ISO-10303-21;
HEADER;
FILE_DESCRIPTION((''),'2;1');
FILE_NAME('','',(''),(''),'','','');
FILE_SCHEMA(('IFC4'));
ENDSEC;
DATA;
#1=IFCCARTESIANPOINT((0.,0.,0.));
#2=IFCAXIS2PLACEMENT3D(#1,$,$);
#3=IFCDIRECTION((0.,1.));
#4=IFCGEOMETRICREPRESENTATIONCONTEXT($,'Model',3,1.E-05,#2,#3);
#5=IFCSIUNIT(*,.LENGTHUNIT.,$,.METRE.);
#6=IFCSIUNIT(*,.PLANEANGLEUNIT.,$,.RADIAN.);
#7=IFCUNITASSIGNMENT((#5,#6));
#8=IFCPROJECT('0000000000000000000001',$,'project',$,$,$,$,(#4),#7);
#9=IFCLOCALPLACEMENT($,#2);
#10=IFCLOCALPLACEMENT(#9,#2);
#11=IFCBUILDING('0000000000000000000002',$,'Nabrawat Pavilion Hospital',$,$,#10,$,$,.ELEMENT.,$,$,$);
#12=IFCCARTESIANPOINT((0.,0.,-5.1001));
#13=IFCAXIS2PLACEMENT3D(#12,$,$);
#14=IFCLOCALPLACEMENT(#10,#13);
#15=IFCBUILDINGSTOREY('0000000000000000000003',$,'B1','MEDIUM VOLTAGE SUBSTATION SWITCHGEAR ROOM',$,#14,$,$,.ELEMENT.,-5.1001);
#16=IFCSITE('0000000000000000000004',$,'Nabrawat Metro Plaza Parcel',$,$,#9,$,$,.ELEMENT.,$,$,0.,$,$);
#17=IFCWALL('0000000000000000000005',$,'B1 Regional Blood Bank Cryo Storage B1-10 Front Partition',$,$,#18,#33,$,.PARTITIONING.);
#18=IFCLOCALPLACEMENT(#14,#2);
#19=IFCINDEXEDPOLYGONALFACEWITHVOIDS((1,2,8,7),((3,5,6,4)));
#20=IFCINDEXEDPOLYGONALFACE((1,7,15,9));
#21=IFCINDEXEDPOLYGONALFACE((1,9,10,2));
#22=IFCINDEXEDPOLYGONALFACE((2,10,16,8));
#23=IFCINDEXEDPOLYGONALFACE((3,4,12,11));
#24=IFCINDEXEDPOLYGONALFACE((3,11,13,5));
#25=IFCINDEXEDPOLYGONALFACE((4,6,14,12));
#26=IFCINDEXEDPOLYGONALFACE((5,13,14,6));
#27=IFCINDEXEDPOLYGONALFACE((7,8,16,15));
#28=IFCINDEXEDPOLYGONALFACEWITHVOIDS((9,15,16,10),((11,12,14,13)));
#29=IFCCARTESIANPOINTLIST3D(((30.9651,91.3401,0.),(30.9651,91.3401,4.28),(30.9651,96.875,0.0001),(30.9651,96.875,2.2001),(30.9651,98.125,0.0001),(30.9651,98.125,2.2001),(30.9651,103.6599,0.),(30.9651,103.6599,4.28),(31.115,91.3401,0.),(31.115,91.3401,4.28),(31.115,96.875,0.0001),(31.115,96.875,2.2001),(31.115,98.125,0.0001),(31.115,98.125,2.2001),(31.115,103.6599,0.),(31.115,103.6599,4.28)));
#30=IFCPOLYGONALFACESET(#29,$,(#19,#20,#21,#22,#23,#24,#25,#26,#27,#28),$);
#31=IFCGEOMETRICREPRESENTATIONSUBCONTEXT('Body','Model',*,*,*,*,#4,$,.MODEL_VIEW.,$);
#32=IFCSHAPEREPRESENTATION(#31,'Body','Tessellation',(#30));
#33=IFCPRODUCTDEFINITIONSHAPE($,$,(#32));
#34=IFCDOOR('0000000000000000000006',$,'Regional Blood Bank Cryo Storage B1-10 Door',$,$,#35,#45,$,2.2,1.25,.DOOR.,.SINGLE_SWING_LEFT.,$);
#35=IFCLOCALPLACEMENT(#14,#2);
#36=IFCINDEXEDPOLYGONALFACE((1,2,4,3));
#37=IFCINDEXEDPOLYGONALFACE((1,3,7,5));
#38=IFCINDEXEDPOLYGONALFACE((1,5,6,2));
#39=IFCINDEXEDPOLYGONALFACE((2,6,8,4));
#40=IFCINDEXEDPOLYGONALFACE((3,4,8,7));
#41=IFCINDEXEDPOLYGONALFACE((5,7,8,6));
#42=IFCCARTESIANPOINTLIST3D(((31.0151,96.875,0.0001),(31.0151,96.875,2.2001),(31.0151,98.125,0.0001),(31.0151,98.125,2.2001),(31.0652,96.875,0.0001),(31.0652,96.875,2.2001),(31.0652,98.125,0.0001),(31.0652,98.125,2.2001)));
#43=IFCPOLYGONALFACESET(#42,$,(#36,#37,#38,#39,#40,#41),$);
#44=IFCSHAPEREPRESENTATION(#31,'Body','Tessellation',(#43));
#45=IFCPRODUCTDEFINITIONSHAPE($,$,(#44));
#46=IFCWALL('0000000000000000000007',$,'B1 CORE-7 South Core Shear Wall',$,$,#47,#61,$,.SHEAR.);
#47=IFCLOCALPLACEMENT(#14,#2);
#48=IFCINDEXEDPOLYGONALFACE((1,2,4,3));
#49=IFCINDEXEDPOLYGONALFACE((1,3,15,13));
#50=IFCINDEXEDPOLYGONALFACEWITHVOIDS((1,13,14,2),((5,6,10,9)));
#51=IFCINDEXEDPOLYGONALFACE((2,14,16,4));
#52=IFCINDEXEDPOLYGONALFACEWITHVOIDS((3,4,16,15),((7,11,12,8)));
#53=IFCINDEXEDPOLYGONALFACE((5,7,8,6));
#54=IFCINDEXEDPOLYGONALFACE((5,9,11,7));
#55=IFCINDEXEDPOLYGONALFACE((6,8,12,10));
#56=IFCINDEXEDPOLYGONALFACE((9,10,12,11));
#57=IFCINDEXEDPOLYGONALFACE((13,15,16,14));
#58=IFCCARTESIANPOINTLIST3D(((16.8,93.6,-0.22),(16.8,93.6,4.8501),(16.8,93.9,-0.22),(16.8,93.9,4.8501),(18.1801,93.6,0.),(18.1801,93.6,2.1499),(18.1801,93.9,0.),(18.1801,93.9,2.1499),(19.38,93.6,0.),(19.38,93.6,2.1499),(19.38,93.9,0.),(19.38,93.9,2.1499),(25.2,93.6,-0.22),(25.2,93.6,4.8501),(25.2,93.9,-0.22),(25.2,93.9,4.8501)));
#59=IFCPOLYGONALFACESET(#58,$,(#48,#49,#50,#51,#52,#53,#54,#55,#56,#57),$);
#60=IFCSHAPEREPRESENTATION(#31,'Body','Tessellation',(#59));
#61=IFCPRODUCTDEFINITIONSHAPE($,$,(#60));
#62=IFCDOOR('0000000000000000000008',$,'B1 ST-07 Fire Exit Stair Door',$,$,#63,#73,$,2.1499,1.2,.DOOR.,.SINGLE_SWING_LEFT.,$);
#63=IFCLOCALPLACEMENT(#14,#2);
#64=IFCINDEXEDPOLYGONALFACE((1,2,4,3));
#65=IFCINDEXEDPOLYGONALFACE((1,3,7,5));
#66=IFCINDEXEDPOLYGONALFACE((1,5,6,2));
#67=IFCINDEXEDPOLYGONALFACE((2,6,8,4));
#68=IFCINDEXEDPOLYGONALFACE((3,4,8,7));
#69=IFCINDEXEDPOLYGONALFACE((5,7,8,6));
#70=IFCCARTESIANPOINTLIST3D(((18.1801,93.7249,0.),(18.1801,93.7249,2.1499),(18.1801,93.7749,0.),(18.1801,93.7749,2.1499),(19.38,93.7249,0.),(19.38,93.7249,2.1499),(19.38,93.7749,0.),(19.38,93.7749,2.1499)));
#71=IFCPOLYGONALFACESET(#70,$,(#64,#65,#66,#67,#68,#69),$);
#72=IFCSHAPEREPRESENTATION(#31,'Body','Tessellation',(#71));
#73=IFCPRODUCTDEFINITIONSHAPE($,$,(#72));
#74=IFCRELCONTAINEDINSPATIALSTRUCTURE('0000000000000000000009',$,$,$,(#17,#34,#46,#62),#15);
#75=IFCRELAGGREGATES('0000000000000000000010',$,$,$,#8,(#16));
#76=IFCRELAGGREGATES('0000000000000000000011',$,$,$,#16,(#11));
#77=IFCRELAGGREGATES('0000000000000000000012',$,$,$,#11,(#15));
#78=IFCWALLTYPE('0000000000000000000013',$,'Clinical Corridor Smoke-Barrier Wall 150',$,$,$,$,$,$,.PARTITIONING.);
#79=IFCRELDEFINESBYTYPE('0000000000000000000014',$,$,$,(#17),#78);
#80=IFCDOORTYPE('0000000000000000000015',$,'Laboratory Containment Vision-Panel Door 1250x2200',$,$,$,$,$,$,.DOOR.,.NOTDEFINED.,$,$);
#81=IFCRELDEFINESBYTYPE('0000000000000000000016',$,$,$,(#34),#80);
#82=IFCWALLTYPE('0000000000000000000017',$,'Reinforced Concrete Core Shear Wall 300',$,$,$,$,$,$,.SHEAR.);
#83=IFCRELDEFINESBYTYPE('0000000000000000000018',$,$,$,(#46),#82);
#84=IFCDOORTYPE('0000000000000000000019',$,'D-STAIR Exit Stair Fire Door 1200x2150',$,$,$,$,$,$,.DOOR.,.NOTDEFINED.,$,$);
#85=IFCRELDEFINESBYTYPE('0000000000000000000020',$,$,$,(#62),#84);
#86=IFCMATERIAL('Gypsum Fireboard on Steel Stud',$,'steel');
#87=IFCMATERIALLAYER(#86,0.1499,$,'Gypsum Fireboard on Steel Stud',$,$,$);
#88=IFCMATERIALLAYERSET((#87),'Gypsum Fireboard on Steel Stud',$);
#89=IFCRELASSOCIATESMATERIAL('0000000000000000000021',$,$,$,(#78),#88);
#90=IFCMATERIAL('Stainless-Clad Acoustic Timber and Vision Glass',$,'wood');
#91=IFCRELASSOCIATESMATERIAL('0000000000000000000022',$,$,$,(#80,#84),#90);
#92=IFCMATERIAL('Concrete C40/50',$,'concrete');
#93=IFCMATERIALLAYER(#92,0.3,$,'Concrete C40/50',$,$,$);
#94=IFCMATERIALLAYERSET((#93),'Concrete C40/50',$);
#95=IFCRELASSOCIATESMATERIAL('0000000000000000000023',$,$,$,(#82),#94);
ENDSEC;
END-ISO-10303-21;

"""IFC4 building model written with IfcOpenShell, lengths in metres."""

from ifc_helpers import new_model, si_unit, direction, frame, frame_2d, origin, place, context, subcontext, project, spatial, rectangle, extrude, material, layer, layer_set, type_object, element, fill, save


model = new_model("IFC4")

# Units and contexts
model_context = context("Model", 3, precision=1e-05, world=origin(), true_north=direction((0.0, 1.0)))
body_context = subcontext(model_context, "Body", "Model", "MODEL_VIEW")
ifc_project = project(units=[si_unit("LENGTHUNIT", "METRE"), si_unit("PLANEANGLEUNIT", "RADIAN")], contexts=[model_context])

# Site, building, storey
site_placement = place(None, origin())
site = spatial("IfcSite", under=ifc_project, at=site_placement, Name="Nabrawat Metro Plaza Parcel", CompositionType="ELEMENT", RefElevation=0.0)
building_placement = place(site_placement, origin())
building = spatial("IfcBuilding", under=site, at=building_placement, Name="Nabrawat Pavilion Hospital", CompositionType="ELEMENT")
storey_placement = place(building_placement, frame((0.0, 0.0, -5.1001)))
storey = spatial("IfcBuildingStorey", under=building, at=storey_placement, Name="B1", Description="MEDIUM VOLTAGE SUBSTATION SWITCHGEAR ROOM", CompositionType="ELEMENT", Elevation=-5.1001)

# Shared definitions
ifc_material_1 = material(Name="Concrete C40/50", Category="concrete")

# Walls, openings, doors
ifc_material_2 = material(Name="Gypsum Fireboard on Steel Stud", Category="steel")
ifc_layer_1 = layer(ifc_material_2, 0.1499, Name="Gypsum Fireboard on Steel Stud")
ifc_layer_set_1 = layer_set([ifc_layer_1], Name="Gypsum Fireboard on Steel Stud")
wall_type_1 = type_object("IfcWallType", Name="Clinical Corridor Smoke-Barrier Wall 150", PredefinedType="PARTITIONING", material=ifc_layer_set_1)
ifc_material_3 = material(Name="Stainless-Clad Acoustic Timber and Vision Glass", Category="wood")
door_type_1 = type_object("IfcDoorType", Name="Laboratory Containment Vision-Panel Door 1250x2200", OperationType="NOTDEFINED", PredefinedType="DOOR", material=ifc_material_3)
wall_1_placement = place(storey_placement, frame((31.04, 91.3401, 0.0), z_axis=(0.0, 0.0, 1.0), x_axis=(0.0, 1.0, 0.0)))
wall_1 = element("IfcWall", 1, at=wall_1_placement, inside=storey, type_object=wall_type_1, Name="B1 Regional Blood Bank Cryo Storage B1-10 Front Partition", PredefinedType="PARTITIONING", context=body_context, shape_type="SweptSolid", body=[
    extrude(rectangle(XDim=12.3198, YDim=0.1499, at=frame_2d((6.1599, 0.0))), origin(), (0.0, 0.0, 1.0), 4.28),
])
opening_1_placement = place(wall_1_placement, frame((5.5349, 0.0, 0.0)))
opening_1 = element("IfcOpeningElement", 2, at=opening_1_placement, cuts=wall_1, PredefinedType="OPENING", context=body_context, shape_type="SweptSolid", body=[
    extrude(rectangle(XDim=1.25, YDim=2.2, at=frame_2d((0.625, 1.1001))), frame((0.0, 0.085, 0.0), z_axis=(0.0, -1.0, 0.0), x_axis=(1.0, 0.0, 0.0)), (0.0, 0.0, 1.0), 0.1699),
])
door_1_placement = place(opening_1_placement, origin())
door_1 = element("IfcDoor", 3, at=door_1_placement, inside=storey, type_object=door_type_1, Name="Regional Blood Bank Cryo Storage B1-10 Door", OperationType="SINGLE_SWING_LEFT", OverallHeight=2.2, OverallWidth=1.25, PredefinedType="DOOR", context=body_context, shape_type="SweptSolid", body=[
    extrude(rectangle(XDim=1.25, YDim=2.2, at=frame_2d((0.625, 1.1001))), frame((0.0, 0.0249, 0.0), z_axis=(0.0, -1.0, 0.0), x_axis=(1.0, 0.0, 0.0)), (0.0, 0.0, 1.0), 0.05),
])
fill(opening_1, door_1)
ifc_layer_2 = layer(ifc_material_1, 0.3, Name="Concrete C40/50")
ifc_layer_set_2 = layer_set([ifc_layer_2], Name="Concrete C40/50")
wall_type_2 = type_object("IfcWallType", Name="Reinforced Concrete Core Shear Wall 300", PredefinedType="SHEAR", material=ifc_layer_set_2)
wall_2_placement = place(storey_placement, frame((16.8, 93.75, -0.22), z_axis=(0.0, 0.0, 1.0), x_axis=(1.0, 0.0, 0.0)))
wall_2 = element("IfcWall", 4, at=wall_2_placement, inside=storey, type_object=wall_type_2, Name="B1 CORE-7 South Core Shear Wall", PredefinedType="SHEAR", context=body_context, shape_type="SweptSolid", body=[
    extrude(rectangle(XDim=8.3999, YDim=0.3, at=frame_2d((4.2, 0.0))), origin(), (0.0, 0.0, 1.0), 5.0701),
])
opening_2_placement = place(wall_2_placement, frame((1.3799, 0.0, 0.22)))
opening_2 = element("IfcOpeningElement", 5, at=opening_2_placement, cuts=wall_2, PredefinedType="OPENING", context=body_context, shape_type="SweptSolid", body=[
    extrude(rectangle(XDim=1.2, YDim=2.1499, at=frame_2d((0.6001, 1.075))), frame((0.0, 0.1602, 0.0), z_axis=(0.0, -1.0, 0.0), x_axis=(1.0, 0.0, 0.0)), (0.0, 0.0, 1.0), 0.3201),
])
door_type_2 = type_object("IfcDoorType", Name="D-STAIR Exit Stair Fire Door 1200x2150", OperationType="NOTDEFINED", PredefinedType="DOOR", material=ifc_material_3)
door_2_placement = place(opening_2_placement, origin())
door_2 = element("IfcDoor", 6, at=door_2_placement, inside=storey, type_object=door_type_2, Name="B1 ST-07 Fire Exit Stair Door", OperationType="SINGLE_SWING_LEFT", OverallHeight=2.1499, OverallWidth=1.2, PredefinedType="DOOR", context=body_context, shape_type="SweptSolid", body=[
    extrude(rectangle(XDim=1.2, YDim=2.1499, at=frame_2d((0.6001, 1.075))), frame((0.0, 0.0249, 0.0), z_axis=(0.0, -1.0, 0.0), x_axis=(1.0, 0.0, 0.0)), (0.0, 0.0, 1.0), 0.05),
])
fill(opening_2, door_2)

save(model, "model.ifc")
